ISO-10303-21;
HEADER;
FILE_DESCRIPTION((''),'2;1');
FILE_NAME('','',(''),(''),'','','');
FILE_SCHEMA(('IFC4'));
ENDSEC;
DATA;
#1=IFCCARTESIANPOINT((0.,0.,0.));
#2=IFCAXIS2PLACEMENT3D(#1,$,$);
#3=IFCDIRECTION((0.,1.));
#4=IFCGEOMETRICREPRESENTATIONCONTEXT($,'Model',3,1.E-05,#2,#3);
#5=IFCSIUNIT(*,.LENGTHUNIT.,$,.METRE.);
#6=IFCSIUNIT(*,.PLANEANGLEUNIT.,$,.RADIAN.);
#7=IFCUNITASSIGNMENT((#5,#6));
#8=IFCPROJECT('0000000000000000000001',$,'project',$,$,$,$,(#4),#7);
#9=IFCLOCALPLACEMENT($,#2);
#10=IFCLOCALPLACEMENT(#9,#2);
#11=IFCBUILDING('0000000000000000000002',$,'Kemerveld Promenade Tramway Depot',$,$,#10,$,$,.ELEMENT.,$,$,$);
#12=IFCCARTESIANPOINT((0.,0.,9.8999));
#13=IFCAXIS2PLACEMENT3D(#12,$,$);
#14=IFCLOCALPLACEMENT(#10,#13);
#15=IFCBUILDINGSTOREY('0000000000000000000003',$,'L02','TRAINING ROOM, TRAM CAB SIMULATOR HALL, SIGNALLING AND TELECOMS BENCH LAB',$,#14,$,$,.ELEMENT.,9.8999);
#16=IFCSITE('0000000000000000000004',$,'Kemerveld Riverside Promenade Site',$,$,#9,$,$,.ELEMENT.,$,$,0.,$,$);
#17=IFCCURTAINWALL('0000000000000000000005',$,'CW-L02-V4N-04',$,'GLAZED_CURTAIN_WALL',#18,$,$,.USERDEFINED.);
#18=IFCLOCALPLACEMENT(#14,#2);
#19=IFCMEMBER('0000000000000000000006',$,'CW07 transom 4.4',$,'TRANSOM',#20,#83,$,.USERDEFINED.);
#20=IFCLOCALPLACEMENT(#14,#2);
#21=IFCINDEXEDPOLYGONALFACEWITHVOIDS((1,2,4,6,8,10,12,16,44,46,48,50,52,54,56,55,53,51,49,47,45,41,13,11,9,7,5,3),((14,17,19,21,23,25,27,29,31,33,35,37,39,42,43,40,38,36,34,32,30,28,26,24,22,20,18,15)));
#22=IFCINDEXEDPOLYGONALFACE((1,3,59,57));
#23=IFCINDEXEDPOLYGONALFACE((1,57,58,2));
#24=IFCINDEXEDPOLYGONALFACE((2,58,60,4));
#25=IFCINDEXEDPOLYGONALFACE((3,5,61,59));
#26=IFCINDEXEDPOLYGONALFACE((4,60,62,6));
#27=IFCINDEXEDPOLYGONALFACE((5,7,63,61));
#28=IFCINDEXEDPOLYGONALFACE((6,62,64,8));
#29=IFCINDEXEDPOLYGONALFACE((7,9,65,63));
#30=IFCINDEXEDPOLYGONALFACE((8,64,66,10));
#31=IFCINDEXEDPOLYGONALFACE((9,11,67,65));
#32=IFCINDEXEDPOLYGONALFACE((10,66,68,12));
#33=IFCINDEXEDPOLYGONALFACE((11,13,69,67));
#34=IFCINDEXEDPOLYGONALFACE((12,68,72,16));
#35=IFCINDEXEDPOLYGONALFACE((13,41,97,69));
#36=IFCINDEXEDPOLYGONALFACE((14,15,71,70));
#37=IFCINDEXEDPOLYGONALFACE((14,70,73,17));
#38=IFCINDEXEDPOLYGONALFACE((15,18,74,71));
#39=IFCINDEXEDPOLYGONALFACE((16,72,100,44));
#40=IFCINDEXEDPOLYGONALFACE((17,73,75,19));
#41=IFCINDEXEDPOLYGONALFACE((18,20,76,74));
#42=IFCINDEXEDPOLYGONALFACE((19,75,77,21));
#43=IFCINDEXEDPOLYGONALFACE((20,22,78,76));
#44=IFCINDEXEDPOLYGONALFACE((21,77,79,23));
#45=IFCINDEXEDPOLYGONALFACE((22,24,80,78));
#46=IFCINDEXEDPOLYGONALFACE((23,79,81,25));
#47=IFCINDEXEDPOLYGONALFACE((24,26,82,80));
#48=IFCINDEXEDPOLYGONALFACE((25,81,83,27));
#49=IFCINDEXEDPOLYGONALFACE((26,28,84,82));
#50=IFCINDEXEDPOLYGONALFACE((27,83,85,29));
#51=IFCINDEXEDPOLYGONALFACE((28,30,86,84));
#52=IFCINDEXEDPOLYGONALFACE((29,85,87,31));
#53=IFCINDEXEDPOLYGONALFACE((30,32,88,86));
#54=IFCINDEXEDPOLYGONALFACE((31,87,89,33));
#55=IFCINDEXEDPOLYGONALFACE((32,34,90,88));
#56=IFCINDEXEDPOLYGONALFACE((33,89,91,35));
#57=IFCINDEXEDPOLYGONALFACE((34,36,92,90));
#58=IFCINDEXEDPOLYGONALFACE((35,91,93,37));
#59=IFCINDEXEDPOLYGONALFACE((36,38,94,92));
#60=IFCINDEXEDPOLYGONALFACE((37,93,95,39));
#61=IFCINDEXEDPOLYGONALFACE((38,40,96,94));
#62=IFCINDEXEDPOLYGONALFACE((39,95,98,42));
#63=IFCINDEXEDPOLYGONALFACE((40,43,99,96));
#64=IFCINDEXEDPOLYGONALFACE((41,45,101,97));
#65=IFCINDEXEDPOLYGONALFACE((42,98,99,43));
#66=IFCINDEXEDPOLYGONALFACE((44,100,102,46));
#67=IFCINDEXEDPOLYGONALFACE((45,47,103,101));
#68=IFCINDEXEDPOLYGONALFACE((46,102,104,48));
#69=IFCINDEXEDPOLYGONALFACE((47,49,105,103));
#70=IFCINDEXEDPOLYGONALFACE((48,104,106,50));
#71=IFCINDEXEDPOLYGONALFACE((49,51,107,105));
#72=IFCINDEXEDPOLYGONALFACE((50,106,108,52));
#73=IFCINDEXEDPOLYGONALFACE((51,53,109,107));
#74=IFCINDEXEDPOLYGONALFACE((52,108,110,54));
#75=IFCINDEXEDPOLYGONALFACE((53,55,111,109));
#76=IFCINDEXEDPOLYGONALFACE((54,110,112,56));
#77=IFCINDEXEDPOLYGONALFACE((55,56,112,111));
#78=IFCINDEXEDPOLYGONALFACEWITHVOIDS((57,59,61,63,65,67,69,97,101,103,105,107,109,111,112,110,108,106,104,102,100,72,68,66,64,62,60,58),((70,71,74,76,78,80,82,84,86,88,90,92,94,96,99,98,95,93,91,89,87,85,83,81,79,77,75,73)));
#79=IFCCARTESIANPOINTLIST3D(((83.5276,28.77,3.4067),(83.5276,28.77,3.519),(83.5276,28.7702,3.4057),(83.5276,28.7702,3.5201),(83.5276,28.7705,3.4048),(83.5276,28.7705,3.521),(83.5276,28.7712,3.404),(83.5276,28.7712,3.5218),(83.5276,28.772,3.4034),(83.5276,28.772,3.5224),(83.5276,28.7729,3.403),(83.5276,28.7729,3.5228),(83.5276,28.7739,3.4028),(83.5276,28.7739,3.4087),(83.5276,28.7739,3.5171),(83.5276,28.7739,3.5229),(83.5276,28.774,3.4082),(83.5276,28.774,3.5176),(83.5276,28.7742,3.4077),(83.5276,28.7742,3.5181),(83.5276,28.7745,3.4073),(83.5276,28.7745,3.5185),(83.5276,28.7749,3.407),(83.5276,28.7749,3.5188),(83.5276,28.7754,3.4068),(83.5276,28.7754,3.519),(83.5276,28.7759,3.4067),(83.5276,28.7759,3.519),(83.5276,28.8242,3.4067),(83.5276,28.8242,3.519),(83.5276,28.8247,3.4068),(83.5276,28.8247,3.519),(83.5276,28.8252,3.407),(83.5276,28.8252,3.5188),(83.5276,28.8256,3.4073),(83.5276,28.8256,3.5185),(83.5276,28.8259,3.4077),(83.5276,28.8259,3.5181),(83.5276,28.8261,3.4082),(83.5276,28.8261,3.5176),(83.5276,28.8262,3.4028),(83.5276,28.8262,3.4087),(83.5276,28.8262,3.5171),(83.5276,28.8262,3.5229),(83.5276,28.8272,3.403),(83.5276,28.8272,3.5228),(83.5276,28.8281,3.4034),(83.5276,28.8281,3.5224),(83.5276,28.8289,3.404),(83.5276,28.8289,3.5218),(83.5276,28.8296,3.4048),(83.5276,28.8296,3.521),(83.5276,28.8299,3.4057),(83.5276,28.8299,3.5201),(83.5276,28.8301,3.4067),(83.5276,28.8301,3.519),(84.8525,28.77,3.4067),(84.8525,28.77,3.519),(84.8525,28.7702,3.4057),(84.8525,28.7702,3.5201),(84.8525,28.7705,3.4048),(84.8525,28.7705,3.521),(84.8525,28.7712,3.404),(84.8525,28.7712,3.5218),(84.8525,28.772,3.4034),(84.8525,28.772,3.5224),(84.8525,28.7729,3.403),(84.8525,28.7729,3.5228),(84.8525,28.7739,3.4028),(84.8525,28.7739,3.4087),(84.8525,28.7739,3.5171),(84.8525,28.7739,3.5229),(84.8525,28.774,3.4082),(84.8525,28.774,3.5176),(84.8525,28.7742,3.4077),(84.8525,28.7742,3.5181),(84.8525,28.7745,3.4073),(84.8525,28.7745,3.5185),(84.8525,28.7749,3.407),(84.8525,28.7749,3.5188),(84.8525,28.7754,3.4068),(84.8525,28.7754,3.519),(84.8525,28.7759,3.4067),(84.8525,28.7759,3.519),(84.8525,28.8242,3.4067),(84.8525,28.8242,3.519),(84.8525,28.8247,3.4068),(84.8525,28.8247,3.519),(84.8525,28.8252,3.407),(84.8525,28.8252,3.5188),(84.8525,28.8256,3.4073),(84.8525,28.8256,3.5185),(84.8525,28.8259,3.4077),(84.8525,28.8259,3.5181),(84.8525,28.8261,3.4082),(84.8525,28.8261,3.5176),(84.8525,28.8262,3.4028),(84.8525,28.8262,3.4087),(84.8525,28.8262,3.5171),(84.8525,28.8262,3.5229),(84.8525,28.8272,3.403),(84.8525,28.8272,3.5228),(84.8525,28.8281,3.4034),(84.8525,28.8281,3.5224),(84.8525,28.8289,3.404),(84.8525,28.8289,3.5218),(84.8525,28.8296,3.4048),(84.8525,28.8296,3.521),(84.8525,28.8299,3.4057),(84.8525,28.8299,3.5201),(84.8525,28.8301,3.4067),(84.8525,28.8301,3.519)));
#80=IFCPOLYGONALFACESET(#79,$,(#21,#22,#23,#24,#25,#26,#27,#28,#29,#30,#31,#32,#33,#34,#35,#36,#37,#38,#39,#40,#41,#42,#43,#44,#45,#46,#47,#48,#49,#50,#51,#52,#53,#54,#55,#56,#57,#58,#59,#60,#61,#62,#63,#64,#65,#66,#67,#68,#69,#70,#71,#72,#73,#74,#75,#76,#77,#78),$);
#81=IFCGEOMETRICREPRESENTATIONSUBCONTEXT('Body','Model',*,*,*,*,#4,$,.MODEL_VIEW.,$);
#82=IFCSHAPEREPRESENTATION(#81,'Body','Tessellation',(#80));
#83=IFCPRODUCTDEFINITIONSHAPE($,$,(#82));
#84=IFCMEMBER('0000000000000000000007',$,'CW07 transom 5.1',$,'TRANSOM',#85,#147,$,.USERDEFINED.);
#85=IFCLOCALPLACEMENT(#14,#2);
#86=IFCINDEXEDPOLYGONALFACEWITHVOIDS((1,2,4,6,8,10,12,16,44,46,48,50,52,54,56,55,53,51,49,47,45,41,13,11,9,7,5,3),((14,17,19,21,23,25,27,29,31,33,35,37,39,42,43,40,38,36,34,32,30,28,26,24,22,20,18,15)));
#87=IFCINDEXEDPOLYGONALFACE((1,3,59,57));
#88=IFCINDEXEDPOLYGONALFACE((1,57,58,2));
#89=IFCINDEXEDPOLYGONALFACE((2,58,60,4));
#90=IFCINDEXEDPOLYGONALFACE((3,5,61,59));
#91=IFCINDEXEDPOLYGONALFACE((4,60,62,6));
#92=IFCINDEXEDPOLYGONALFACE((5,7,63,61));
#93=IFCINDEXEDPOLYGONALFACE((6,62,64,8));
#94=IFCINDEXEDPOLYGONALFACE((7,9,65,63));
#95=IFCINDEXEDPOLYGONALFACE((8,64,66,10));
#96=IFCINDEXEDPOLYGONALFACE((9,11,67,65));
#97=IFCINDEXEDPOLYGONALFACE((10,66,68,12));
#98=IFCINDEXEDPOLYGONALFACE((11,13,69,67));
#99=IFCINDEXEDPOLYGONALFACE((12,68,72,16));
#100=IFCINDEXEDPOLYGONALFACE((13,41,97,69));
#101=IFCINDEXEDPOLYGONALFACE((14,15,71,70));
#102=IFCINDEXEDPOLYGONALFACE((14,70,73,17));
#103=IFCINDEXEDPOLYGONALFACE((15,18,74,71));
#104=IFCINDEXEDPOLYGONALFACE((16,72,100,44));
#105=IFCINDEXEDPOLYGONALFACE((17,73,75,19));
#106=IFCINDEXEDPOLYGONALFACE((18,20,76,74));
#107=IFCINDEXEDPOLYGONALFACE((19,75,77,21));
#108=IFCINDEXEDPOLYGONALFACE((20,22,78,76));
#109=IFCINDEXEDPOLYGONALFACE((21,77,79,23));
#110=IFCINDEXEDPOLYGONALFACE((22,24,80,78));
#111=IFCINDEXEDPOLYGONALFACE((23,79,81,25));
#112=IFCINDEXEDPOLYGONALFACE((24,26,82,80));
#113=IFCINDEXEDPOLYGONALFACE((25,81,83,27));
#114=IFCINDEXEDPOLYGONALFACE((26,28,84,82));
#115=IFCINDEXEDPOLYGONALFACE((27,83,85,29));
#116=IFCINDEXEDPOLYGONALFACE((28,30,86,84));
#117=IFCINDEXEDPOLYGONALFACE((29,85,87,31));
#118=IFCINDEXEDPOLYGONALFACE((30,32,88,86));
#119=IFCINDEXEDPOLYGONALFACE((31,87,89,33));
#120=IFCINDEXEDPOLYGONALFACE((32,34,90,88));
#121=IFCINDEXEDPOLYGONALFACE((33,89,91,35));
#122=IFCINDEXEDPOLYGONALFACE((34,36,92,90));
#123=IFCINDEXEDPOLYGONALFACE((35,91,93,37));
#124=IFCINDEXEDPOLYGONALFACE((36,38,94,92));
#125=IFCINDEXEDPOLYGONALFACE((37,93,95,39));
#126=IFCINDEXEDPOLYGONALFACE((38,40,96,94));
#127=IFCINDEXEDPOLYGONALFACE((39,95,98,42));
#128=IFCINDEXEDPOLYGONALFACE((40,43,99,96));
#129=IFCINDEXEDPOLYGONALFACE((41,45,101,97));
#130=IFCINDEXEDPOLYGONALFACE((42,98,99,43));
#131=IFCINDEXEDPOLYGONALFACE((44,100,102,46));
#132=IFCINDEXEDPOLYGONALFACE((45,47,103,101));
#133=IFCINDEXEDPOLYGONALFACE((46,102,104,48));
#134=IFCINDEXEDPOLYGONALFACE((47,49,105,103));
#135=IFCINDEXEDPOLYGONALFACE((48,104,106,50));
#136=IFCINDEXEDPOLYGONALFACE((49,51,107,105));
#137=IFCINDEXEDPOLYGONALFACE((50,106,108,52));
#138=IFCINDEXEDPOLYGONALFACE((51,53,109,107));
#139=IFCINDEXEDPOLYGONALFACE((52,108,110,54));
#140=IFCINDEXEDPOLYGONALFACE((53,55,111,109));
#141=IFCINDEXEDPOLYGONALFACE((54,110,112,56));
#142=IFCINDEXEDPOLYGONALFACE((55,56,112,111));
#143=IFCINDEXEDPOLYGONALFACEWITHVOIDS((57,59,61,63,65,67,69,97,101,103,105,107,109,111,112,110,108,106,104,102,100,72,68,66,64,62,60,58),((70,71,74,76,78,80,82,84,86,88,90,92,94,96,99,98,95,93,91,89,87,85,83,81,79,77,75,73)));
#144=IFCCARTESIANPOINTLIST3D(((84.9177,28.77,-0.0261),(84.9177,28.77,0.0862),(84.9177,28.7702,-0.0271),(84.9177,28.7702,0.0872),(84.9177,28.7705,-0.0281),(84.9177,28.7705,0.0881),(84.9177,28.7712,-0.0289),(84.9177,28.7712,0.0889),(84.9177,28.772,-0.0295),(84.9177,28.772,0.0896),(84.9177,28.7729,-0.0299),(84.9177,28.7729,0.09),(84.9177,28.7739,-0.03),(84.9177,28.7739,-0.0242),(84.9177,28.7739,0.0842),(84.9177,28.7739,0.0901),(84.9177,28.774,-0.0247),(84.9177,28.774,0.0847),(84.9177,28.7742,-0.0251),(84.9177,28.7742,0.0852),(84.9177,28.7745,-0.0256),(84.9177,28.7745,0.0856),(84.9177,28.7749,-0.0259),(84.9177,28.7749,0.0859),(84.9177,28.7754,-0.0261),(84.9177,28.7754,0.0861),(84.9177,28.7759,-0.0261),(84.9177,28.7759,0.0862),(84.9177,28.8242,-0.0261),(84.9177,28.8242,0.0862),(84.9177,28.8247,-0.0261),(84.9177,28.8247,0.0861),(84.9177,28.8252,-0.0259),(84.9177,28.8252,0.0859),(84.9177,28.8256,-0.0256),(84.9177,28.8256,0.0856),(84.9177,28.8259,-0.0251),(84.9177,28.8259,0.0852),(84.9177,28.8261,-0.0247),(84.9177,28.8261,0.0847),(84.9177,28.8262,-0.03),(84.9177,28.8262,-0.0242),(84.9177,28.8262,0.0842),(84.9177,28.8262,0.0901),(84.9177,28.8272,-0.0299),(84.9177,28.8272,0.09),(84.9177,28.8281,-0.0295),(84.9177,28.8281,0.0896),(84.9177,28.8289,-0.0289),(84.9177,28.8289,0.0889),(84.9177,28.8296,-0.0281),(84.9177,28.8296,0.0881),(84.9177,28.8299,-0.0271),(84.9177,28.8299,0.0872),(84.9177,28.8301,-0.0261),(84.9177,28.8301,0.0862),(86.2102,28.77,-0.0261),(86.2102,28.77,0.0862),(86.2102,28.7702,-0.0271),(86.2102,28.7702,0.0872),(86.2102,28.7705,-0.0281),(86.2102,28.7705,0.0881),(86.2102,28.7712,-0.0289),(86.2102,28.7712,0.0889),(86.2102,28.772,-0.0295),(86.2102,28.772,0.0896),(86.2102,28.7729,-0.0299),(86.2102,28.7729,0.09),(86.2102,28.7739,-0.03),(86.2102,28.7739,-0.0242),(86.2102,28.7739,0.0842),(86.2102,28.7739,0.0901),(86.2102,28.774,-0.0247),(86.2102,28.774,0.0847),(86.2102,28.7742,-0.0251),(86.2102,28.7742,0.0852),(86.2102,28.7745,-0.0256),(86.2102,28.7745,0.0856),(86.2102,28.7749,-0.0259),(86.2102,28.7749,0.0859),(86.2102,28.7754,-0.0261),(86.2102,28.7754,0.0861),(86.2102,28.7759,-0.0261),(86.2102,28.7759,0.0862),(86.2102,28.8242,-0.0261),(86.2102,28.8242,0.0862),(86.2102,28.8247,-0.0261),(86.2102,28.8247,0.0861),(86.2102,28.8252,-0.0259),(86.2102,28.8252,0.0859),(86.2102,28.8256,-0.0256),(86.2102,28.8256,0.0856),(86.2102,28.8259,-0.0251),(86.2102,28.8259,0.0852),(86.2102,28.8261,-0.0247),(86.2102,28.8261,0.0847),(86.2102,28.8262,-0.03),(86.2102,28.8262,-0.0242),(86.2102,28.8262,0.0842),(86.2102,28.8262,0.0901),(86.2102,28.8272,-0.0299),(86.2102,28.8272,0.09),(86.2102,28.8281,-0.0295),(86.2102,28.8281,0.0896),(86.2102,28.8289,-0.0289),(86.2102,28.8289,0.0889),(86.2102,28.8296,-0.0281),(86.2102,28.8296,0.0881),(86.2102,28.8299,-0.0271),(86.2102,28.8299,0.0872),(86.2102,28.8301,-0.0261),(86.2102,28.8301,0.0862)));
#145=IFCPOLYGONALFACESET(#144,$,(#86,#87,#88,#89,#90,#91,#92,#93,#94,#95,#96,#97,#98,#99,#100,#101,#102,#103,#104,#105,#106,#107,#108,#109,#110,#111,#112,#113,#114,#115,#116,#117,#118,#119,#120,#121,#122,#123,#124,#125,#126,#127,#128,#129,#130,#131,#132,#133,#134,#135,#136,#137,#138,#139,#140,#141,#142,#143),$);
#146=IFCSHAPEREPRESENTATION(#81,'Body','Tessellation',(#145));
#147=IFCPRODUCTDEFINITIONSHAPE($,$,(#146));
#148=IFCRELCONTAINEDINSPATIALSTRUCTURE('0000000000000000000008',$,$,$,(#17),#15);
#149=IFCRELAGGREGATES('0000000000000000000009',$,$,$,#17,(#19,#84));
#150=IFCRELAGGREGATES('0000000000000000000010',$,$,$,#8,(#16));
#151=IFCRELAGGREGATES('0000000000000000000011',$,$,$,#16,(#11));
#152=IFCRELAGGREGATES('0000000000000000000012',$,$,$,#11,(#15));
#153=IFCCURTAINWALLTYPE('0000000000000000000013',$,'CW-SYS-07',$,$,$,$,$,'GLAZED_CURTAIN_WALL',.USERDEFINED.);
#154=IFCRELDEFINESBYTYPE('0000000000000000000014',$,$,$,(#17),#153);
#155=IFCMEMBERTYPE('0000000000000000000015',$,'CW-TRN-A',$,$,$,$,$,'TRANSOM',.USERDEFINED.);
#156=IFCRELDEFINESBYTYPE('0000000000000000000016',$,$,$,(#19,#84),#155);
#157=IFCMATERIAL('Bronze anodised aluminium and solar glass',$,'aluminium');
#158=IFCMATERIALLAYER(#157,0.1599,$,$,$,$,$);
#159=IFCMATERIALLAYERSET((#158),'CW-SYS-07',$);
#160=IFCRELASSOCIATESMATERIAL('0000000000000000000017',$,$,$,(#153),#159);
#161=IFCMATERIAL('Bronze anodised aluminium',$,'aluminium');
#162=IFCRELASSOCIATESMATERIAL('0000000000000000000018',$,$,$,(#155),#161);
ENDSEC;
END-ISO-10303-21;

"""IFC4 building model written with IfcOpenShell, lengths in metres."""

from ifc_helpers import new_model, si_unit, direction, frame, origin, origin_2d, place, context, subcontext, project, spatial, hollow_rectangle, extrude, material, layer, layer_set, material_profile, profile_set, type_object, element, aggregate, save


model = new_model("IFC4")

# Units and contexts
model_context = context("Model", 3, precision=1e-05, world=origin(), true_north=direction((0.0, 1.0)))
body_context = subcontext(model_context, "Body", "Model", "MODEL_VIEW")
ifc_project = project(units=[si_unit("LENGTHUNIT", "METRE"), si_unit("PLANEANGLEUNIT", "RADIAN")], contexts=[model_context])

# Site, building, storey
site_placement = place(None, origin())
site = spatial("IfcSite", under=ifc_project, at=site_placement, Name="Kemerveld Riverside Promenade Site", CompositionType="ELEMENT", RefElevation=0.0)
building_placement = place(site_placement, origin())
building = spatial("IfcBuilding", under=site, at=building_placement, Name="Kemerveld Promenade Tramway Depot", CompositionType="ELEMENT")
storey_placement = place(building_placement, frame((0.0, 0.0, 9.8999)))
storey = spatial("IfcBuildingStorey", under=building, at=storey_placement, Name="L02", Description="TRAINING ROOM, TRAM CAB SIMULATOR HALL, SIGNALLING AND TELECOMS BENCH LAB", CompositionType="ELEMENT", Elevation=9.8999)

# Curtain wall, members
ifc_material_1 = material(Name="Bronze anodised aluminium and solar glass", Category="aluminium")
ifc_layer_1 = layer(ifc_material_1, 0.1599)
ifc_layer_set_1 = layer_set([ifc_layer_1], Name="CW-SYS-07")
curtain_wall_type = type_object("IfcCurtainWallType", Name="CW-SYS-07", ElementType="GLAZED_CURTAIN_WALL", PredefinedType="USERDEFINED", material=ifc_layer_set_1)
curtain_wall_placement = place(storey_placement, origin())
curtain_wall = element("IfcCurtainWall", 1, at=curtain_wall_placement, inside=storey, type_object=curtain_wall_type, Name="CW-L02-V4N-04", ObjectType="GLAZED_CURTAIN_WALL", PredefinedType="USERDEFINED")
ifc_material_2 = material(Name="Bronze anodised aluminium", Category="aluminium")
ifc_material_profile_1 = material_profile(ifc_material_2, hollow_rectangle(XDim=0.0601, YDim=0.1201, WallThickness=0.0039, InnerFilletRadius=0.002, OuterFilletRadius=0.0039, at=origin_2d()), Name="CW-TRN-120x60")
ifc_profile_set_1 = profile_set([ifc_material_profile_1], Name="Bronze anodised aluminium")
member_type_1 = type_object("IfcMemberType", Name="CW-TRN-A", ElementType="TRANSOM", PredefinedType="USERDEFINED", material=ifc_profile_set_1)
member_1_placement = place(storey_placement, frame((83.5276, 28.8, 3.4629), z_axis=(1.0, 0.0, 0.0), x_axis=(0.0, 1.0, 0.0)))
member_1 = element("IfcMember", 2, at=member_1_placement, type_object=member_type_1, Name="CW07 transom 4.4", ObjectType="TRANSOM", PredefinedType="USERDEFINED", context=body_context, shape_type="SweptSolid", body=[
    extrude(hollow_rectangle(XDim=0.0601, YDim=0.1201, WallThickness=0.0039, InnerFilletRadius=0.002, OuterFilletRadius=0.0039, at=origin_2d()), origin(), (0.0, 0.0, 1.0), 1.325),
])
member_2_placement = place(storey_placement, frame((84.9177, 28.8, 0.03), z_axis=(1.0, 0.0, 0.0), x_axis=(0.0, 1.0, 0.0)))
member_2 = element("IfcMember", 3, at=member_2_placement, type_object=member_type_1, Name="CW07 transom 5.1", ObjectType="TRANSOM", PredefinedType="USERDEFINED", context=body_context, shape_type="SweptSolid", body=[
    extrude(hollow_rectangle(XDim=0.0601, YDim=0.1201, WallThickness=0.0039, InnerFilletRadius=0.002, OuterFilletRadius=0.0039, at=origin_2d()), origin(), (0.0, 0.0, 1.0), 1.2925),
])

aggregate(curtain_wall, [member_1, member_2])

save(model, "model.ifc")
